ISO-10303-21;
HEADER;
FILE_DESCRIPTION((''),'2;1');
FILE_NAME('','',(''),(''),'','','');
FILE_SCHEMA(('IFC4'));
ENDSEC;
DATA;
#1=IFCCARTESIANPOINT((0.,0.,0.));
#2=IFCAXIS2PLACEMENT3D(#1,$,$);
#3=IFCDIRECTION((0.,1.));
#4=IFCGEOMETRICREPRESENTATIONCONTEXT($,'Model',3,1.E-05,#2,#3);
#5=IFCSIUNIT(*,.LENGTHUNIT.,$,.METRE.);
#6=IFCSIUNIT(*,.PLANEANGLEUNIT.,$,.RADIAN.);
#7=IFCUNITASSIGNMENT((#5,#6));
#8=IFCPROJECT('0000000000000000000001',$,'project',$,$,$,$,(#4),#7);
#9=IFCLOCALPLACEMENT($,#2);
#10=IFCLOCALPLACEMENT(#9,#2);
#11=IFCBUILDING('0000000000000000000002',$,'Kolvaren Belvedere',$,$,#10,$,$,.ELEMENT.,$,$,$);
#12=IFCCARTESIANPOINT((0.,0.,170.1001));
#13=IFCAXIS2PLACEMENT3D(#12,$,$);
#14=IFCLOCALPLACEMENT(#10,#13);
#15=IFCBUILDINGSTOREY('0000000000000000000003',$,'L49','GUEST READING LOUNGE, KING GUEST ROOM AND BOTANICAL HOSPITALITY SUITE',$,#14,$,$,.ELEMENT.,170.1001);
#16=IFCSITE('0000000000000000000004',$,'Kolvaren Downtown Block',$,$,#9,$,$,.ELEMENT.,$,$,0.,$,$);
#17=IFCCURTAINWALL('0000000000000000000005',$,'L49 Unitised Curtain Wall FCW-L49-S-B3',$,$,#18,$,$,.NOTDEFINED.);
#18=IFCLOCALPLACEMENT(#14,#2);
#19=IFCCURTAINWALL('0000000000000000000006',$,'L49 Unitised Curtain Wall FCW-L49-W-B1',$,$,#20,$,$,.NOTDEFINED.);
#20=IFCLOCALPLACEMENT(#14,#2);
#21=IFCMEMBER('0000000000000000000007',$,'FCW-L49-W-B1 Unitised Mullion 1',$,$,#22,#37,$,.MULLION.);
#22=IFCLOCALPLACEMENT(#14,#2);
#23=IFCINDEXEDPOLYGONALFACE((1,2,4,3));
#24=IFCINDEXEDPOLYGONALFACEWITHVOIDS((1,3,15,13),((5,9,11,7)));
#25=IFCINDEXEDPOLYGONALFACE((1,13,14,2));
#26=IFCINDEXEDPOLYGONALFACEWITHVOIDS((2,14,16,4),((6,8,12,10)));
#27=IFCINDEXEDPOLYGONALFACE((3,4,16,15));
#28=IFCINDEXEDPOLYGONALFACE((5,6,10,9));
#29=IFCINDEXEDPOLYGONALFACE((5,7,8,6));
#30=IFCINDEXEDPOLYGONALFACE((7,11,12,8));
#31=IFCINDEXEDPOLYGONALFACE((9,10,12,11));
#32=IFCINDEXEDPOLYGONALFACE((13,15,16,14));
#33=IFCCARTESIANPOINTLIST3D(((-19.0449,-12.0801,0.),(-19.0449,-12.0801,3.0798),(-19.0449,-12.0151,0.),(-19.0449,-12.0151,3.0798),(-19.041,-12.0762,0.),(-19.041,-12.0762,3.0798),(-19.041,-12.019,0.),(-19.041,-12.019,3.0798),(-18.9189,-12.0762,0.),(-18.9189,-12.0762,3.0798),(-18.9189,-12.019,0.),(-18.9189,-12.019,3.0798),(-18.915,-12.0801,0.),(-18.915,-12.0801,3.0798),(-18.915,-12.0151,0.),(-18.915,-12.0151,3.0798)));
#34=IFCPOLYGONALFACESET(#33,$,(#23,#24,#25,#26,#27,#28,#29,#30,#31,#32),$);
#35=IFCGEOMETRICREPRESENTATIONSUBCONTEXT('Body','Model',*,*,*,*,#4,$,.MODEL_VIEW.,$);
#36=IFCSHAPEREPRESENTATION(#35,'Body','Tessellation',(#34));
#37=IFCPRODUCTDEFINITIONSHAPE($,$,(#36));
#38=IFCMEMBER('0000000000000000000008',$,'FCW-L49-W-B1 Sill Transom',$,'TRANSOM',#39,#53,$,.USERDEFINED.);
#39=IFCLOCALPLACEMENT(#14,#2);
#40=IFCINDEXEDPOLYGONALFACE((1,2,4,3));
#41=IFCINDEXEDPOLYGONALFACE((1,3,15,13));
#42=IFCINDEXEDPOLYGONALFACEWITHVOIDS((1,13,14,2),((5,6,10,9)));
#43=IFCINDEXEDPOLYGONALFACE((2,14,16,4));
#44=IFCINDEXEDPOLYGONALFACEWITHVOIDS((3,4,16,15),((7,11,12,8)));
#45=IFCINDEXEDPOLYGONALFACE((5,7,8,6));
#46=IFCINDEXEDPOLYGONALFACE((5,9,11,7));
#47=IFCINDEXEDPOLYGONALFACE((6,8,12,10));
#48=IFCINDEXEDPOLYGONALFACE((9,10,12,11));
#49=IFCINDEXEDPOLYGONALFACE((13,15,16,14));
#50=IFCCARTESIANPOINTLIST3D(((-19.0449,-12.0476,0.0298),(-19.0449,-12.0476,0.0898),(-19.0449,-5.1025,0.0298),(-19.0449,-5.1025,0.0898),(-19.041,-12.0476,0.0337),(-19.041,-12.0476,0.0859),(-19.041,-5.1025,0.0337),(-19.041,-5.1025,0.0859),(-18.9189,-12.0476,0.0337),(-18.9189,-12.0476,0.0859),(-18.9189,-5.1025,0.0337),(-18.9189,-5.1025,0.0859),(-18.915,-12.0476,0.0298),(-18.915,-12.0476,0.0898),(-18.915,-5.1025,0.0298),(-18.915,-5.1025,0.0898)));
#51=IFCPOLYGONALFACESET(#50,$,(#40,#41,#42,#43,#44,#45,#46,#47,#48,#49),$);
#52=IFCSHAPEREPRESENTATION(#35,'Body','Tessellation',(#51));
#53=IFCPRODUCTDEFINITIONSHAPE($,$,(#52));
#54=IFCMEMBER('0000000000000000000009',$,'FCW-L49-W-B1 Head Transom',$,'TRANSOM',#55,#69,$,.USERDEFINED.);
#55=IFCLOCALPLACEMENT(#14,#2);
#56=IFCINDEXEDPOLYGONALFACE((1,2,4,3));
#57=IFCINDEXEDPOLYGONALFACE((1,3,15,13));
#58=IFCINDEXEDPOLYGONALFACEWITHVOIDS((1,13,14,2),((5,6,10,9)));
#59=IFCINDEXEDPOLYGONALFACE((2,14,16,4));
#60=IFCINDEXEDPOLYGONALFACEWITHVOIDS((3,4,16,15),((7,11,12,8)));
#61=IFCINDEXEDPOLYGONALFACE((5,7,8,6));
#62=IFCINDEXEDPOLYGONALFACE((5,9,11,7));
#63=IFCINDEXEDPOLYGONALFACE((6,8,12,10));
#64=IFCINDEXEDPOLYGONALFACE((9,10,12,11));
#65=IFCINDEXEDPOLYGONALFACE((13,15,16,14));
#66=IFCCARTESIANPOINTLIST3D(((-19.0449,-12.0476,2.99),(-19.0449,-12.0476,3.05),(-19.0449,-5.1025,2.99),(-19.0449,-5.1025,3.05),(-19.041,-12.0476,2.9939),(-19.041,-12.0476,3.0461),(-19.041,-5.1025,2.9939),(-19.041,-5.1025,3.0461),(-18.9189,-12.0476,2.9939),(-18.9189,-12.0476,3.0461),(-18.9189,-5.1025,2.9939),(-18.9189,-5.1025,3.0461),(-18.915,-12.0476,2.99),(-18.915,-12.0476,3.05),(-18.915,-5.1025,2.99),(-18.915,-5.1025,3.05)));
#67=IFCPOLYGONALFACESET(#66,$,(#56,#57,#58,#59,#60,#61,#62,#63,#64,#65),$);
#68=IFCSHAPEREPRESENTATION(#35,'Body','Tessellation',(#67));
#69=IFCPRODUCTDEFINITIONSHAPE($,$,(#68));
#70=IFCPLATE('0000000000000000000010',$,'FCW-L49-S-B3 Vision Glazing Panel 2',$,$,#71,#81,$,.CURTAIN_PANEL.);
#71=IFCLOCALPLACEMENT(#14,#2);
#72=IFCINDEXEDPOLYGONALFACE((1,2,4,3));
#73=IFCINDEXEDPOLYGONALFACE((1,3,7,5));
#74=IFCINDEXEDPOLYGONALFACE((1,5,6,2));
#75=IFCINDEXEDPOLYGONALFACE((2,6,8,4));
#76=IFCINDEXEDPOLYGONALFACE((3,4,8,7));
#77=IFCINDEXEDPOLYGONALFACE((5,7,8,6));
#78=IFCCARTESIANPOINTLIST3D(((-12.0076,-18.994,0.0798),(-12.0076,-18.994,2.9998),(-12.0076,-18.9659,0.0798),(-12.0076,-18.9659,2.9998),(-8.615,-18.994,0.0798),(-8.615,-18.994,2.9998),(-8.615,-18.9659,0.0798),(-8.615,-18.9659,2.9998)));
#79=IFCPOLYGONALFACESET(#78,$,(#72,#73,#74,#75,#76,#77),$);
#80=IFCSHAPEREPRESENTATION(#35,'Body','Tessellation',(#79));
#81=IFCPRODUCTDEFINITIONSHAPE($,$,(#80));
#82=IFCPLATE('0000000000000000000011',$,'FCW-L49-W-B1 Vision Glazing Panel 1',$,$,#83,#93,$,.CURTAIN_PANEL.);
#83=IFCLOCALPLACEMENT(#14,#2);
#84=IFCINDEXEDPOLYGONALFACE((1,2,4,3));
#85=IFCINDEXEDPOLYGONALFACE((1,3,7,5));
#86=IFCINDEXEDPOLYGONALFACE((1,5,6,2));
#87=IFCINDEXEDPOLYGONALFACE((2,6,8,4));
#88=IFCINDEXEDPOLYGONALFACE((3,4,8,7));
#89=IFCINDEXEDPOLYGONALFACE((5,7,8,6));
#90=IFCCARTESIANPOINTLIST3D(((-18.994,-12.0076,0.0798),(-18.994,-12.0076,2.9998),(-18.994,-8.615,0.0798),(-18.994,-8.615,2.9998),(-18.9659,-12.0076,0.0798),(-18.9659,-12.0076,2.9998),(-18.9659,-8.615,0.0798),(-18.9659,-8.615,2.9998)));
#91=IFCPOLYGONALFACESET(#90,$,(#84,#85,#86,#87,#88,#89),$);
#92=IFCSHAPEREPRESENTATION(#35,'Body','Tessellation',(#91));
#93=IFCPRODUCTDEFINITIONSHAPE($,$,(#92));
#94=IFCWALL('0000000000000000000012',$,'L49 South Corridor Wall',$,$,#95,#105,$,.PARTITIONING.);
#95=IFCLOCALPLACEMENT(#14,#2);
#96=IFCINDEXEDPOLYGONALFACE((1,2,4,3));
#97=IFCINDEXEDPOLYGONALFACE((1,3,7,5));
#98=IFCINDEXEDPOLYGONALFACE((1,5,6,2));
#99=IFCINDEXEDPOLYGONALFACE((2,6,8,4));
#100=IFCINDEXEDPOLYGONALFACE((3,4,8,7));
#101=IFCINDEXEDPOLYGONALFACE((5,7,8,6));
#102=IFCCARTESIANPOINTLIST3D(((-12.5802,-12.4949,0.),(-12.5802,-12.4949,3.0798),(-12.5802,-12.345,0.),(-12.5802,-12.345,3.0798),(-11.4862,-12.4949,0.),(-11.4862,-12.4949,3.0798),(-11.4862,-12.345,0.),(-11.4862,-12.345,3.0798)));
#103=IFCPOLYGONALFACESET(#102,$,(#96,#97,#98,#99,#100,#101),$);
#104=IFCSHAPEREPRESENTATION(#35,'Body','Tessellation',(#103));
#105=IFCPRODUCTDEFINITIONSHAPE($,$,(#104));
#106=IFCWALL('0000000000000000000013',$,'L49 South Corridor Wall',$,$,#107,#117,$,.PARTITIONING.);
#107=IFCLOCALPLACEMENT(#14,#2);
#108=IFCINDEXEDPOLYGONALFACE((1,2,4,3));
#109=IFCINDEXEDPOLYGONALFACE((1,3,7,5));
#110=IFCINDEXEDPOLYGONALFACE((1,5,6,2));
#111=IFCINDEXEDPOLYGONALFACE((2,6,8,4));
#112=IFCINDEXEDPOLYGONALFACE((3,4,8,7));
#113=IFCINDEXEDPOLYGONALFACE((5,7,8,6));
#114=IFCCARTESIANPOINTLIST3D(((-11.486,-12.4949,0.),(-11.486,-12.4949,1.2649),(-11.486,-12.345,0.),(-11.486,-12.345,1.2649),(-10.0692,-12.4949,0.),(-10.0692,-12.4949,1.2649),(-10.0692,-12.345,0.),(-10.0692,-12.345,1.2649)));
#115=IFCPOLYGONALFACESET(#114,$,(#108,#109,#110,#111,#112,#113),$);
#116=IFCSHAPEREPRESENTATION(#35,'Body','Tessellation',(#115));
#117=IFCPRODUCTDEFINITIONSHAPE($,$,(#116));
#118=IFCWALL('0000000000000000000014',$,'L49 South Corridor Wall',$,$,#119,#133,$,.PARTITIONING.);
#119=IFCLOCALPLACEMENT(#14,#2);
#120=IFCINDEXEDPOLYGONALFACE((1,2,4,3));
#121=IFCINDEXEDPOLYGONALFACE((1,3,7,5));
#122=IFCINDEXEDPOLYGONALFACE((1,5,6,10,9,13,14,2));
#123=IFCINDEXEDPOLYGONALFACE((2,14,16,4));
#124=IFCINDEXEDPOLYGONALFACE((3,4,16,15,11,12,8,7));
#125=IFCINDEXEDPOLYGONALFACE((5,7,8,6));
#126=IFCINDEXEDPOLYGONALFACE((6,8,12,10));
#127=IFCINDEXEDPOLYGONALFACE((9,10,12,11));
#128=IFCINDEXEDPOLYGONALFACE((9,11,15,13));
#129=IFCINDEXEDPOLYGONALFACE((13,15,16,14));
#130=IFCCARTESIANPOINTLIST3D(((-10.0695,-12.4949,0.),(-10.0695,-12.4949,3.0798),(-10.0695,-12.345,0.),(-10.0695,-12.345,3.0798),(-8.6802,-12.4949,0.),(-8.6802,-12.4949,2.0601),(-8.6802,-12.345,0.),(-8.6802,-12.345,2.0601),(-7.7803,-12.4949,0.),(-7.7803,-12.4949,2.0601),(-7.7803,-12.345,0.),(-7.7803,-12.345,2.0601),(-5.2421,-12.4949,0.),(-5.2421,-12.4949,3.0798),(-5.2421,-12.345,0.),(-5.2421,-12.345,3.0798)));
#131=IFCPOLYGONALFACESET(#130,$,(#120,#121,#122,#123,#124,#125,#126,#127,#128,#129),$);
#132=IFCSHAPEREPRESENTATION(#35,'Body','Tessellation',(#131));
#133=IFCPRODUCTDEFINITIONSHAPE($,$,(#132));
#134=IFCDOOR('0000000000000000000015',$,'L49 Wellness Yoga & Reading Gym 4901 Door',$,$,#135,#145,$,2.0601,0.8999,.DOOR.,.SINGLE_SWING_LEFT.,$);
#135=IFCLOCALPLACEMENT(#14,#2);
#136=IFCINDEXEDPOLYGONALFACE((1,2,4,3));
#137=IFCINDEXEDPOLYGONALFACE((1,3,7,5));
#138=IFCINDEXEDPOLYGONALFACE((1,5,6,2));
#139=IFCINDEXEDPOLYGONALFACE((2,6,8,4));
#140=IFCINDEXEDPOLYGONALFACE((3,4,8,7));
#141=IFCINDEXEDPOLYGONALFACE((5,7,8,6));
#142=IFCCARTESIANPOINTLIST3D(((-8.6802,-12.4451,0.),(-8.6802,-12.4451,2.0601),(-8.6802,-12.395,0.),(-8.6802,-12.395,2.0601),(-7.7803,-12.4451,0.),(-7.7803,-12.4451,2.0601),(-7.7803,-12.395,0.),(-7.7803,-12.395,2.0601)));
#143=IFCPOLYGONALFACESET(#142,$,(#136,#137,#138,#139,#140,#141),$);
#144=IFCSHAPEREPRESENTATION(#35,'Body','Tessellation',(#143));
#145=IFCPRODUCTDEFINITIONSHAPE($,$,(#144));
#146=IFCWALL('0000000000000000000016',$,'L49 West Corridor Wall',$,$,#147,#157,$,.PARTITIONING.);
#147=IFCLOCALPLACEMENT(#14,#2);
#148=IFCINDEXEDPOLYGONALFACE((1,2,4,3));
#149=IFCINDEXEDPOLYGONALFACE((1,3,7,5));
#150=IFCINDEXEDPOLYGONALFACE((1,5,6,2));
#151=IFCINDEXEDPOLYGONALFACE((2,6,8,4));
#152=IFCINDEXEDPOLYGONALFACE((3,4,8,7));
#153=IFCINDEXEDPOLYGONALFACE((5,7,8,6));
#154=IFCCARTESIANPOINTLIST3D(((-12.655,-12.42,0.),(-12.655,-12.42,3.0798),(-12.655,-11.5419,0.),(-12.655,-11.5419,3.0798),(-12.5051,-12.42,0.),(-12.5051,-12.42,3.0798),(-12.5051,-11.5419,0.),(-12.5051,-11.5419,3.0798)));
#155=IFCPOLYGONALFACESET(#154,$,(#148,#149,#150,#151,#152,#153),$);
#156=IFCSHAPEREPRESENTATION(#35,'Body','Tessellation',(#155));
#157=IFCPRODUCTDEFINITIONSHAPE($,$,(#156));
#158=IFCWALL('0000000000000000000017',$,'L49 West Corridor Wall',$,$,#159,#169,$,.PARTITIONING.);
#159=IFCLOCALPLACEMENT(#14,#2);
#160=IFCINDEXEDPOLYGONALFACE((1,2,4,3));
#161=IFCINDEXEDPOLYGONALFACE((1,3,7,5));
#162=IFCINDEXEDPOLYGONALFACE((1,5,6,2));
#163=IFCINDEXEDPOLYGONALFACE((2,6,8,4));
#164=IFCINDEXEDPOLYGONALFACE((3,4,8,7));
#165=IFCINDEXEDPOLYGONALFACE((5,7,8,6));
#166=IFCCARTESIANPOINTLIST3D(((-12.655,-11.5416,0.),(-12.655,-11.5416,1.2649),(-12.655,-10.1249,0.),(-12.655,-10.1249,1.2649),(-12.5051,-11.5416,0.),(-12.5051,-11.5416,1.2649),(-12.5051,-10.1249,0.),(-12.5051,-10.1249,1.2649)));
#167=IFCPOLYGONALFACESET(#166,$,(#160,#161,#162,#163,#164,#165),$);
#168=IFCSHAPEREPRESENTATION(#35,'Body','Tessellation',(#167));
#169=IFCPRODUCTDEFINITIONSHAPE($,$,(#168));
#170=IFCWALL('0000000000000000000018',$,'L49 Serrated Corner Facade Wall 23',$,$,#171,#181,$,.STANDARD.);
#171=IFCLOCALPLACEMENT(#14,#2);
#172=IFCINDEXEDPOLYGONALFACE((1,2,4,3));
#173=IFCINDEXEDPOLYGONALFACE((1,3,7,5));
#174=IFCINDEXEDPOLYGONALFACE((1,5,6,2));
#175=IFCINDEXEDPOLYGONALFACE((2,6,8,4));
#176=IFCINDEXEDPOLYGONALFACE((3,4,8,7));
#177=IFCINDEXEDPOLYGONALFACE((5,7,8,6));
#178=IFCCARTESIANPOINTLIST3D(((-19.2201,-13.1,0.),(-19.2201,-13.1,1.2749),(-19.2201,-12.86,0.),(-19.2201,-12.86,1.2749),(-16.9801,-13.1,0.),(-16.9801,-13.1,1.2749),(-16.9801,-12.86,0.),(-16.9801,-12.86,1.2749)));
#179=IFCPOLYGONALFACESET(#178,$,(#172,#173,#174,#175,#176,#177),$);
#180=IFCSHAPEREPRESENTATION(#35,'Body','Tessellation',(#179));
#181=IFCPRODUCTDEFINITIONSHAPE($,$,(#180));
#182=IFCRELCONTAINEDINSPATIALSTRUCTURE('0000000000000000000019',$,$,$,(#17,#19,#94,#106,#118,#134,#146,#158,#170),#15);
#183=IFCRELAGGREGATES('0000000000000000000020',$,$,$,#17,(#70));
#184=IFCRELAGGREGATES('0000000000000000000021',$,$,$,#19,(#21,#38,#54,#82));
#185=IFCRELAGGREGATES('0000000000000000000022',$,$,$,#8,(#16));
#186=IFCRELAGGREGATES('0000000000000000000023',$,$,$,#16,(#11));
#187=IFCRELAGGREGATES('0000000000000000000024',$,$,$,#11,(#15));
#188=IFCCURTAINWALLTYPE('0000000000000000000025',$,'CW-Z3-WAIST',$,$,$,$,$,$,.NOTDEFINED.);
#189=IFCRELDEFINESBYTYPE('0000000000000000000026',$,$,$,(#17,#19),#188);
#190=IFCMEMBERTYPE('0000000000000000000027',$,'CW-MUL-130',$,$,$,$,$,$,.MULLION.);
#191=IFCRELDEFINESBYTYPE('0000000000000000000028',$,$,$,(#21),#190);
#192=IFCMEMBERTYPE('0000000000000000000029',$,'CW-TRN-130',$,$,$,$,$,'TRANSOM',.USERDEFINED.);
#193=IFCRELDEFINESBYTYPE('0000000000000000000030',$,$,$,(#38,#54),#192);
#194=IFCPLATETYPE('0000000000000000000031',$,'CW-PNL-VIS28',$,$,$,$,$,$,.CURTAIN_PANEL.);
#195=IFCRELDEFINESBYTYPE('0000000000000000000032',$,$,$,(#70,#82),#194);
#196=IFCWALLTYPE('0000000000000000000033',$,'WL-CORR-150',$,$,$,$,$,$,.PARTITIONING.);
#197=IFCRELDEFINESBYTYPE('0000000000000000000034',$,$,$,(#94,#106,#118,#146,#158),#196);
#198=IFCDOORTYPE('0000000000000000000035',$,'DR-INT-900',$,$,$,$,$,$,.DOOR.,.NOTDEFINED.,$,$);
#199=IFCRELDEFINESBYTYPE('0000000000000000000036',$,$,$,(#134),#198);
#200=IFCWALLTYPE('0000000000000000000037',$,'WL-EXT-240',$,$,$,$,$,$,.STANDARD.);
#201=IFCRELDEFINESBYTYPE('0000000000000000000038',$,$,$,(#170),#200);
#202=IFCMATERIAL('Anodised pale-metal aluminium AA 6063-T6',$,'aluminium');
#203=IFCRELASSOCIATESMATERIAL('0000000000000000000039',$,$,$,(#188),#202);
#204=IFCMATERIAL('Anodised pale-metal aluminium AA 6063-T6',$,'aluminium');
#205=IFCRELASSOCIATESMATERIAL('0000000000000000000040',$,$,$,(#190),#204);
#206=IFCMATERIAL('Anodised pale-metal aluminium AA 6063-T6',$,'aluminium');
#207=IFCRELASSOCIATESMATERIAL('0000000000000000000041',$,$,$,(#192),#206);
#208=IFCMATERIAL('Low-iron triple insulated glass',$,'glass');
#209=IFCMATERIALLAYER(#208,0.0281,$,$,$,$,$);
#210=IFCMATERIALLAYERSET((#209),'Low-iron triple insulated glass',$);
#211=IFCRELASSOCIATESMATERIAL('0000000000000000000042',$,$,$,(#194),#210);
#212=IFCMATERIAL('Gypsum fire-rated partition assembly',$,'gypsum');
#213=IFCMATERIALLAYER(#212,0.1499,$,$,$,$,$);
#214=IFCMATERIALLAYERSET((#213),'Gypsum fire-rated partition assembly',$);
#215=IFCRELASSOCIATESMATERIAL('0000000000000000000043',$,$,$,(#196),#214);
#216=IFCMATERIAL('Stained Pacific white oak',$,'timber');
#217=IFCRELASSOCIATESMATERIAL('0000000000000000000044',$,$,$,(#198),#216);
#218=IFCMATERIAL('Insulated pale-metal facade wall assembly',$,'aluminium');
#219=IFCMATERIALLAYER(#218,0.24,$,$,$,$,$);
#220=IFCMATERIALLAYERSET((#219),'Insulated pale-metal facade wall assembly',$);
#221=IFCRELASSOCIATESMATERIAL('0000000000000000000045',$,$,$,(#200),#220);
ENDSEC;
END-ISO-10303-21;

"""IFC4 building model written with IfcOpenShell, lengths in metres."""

from ifc_helpers import new_model, si_unit, direction, frame, frame_2d, origin, origin_2d, place, context, subcontext, project, spatial, rectangle, hollow_rectangle, extrude, material, layer, layer_set, material_profile, profile_set, type_object, element, fill, aggregate, save


model = new_model("IFC4")

# Units and contexts
model_context = context("Model", 3, precision=1e-05, world=origin(), true_north=direction((0.0, 1.0)))
body_context = subcontext(model_context, "Body", "Model", "MODEL_VIEW")
ifc_project = project(units=[si_unit("LENGTHUNIT", "METRE"), si_unit("PLANEANGLEUNIT", "RADIAN")], contexts=[model_context])

# Site, building, storey
site_placement = place(None, origin())
site = spatial("IfcSite", under=ifc_project, at=site_placement, Name="Kolvaren Downtown Block", CompositionType="ELEMENT", RefElevation=0.0)
building_placement = place(site_placement, origin())
building = spatial("IfcBuilding", under=site, at=building_placement, Name="Kolvaren Belvedere", CompositionType="ELEMENT")
storey_placement = place(building_placement, frame((0.0, 0.0, 170.1001)))
storey = spatial("IfcBuildingStorey", under=building, at=storey_placement, Name="L49", Description="GUEST READING LOUNGE, KING GUEST ROOM AND BOTANICAL HOSPITALITY SUITE", CompositionType="ELEMENT", Elevation=170.1001)

# Curtain wall
ifc_material_1 = material(Name="Anodised pale-metal aluminium AA 6063-T6", Category="aluminium")
curtain_wall_type = type_object("IfcCurtainWallType", Name="CW-Z3-WAIST", PredefinedType="NOTDEFINED", material=ifc_material_1)
curtain_wall_1_placement = place(storey_placement, origin())
curtain_wall_1 = element("IfcCurtainWall", 1, at=curtain_wall_1_placement, inside=storey, type_object=curtain_wall_type, Name="L49 Unitised Curtain Wall FCW-L49-S-B3", PredefinedType="NOTDEFINED")
ifc_material_2 = material(Name="Anodised pale-metal aluminium AA 6063-T6", Category="aluminium")
ifc_material_profile_1 = material_profile(ifc_material_2, hollow_rectangle(XDim=0.0649, YDim=0.1299, WallThickness=0.0039, at=origin_2d()), Name="ALU-MUL-130X65")
ifc_profile_set_1 = profile_set([ifc_material_profile_1], Name="Anodised pale-metal aluminium AA 6063-T6")
member_type_1 = type_object("IfcMemberType", Name="CW-MUL-130", PredefinedType="MULLION", material=ifc_profile_set_1)

# Curtain wall, members
curtain_wall_2_placement = place(storey_placement, origin())
curtain_wall_2 = element("IfcCurtainWall", 2, at=curtain_wall_2_placement, inside=storey, type_object=curtain_wall_type, Name="L49 Unitised Curtain Wall FCW-L49-W-B1", PredefinedType="NOTDEFINED")
member_1_placement = place(storey_placement, frame((-18.98, -12.0476, 0.0), z_axis=(0.0, 0.0, 1.0), x_axis=(0.0, 1.0, 0.0)))
member_1 = element("IfcMember", 3, at=member_1_placement, type_object=member_type_1, Name="FCW-L49-W-B1 Unitised Mullion 1", PredefinedType="MULLION", context=body_context, shape_type="SweptSolid", body=[
    extrude(hollow_rectangle(XDim=0.0649, YDim=0.1299, WallThickness=0.0039, at=origin_2d()), origin(), (0.0, 0.0, 1.0), 3.0798),
])
ifc_material_3 = material(Name="Anodised pale-metal aluminium AA 6063-T6", Category="aluminium")
ifc_material_profile_2 = material_profile(ifc_material_3, hollow_rectangle(XDim=0.0601, YDim=0.1299, WallThickness=0.0039, at=origin_2d()), Name="ALU-TRN-130X60")
ifc_profile_set_2 = profile_set([ifc_material_profile_2], Name="Anodised pale-metal aluminium AA 6063-T6")
member_type_2 = type_object("IfcMemberType", Name="CW-TRN-130", ElementType="TRANSOM", PredefinedType="USERDEFINED", material=ifc_profile_set_2)
member_2_placement = place(storey_placement, frame((-18.98, -12.0476, 0.0598), z_axis=(0.0, 1.0, 0.0), x_axis=(0.0, 0.0, 1.0)))
member_2 = element("IfcMember", 4, at=member_2_placement, type_object=member_type_2, Name="FCW-L49-W-B1 Sill Transom", ObjectType="TRANSOM", PredefinedType="USERDEFINED", context=body_context, shape_type="SweptSolid", body=[
    extrude(hollow_rectangle(XDim=0.0601, YDim=0.1299, WallThickness=0.0039, at=origin_2d()), origin(), (0.0, 0.0, 1.0), 6.9451),
])
member_3_placement = place(storey_placement, frame((-18.98, -12.0476, 3.02), z_axis=(0.0, 1.0, 0.0), x_axis=(0.0, 0.0, 1.0)))
member_3 = element("IfcMember", 5, at=member_3_placement, type_object=member_type_2, Name="FCW-L49-W-B1 Head Transom", ObjectType="TRANSOM", PredefinedType="USERDEFINED", context=body_context, shape_type="SweptSolid", body=[
    extrude(hollow_rectangle(XDim=0.0601, YDim=0.1299, WallThickness=0.0039, at=origin_2d()), origin(), (0.0, 0.0, 1.0), 6.9451),
])

# Plates
ifc_material_4 = material(Name="Low-iron triple insulated glass", Category="glass")
ifc_layer_1 = layer(ifc_material_4, 0.0281)
ifc_layer_set_1 = layer_set([ifc_layer_1], Name="Low-iron triple insulated glass")
plate_type = type_object("IfcPlateType", Name="CW-PNL-VIS28", PredefinedType="CURTAIN_PANEL", material=ifc_layer_set_1)
plate_1_placement = place(storey_placement, frame((-10.3113, -18.98, 0.0798), z_axis=(0.0, 0.0, 1.0), x_axis=(-1.0, 0.0, 0.0)))
plate_1 = element("IfcPlate", 6, at=plate_1_placement, type_object=plate_type, Name="FCW-L49-S-B3 Vision Glazing Panel 2", PredefinedType="CURTAIN_PANEL", context=body_context, shape_type="SweptSolid", body=[
    extrude(rectangle(XDim=3.3926, YDim=0.0281, at=origin_2d()), origin(), (0.0, 0.0, 1.0), 2.9199),
])
aggregate(curtain_wall_1, [plate_1])
plate_2_placement = place(storey_placement, frame((-18.98, -10.3113, 0.0798), z_axis=(0.0, 0.0, 1.0), x_axis=(0.0, 1.0, 0.0)))
plate_2 = element("IfcPlate", 7, at=plate_2_placement, type_object=plate_type, Name="FCW-L49-W-B1 Vision Glazing Panel 1", PredefinedType="CURTAIN_PANEL", context=body_context, shape_type="SweptSolid", body=[
    extrude(rectangle(XDim=3.3926, YDim=0.0281, at=origin_2d()), origin(), (0.0, 0.0, 1.0), 2.9199),
])
aggregate(curtain_wall_2, [member_1, member_2, member_3, plate_2])

# Walls
ifc_material_5 = material(Name="Gypsum fire-rated partition assembly", Category="gypsum")
ifc_layer_2 = layer(ifc_material_5, 0.1499)
ifc_layer_set_2 = layer_set([ifc_layer_2], Name="Gypsum fire-rated partition assembly")
wall_type_1 = type_object("IfcWallType", Name="WL-CORR-150", PredefinedType="PARTITIONING", material=ifc_layer_set_2)
wall_1_placement = place(storey_placement, frame((-12.5801, -12.4199, 0.0), z_axis=(0.0, 0.0, 1.0), x_axis=(1.0, 0.0, 0.0)))
element("IfcWall", 8, at=wall_1_placement, inside=storey, type_object=wall_type_1, Name="L49 South Corridor Wall", PredefinedType="PARTITIONING", context=body_context, shape_type="SweptSolid", body=[
    extrude(rectangle(XDim=1.094, YDim=0.1499, at=frame_2d((0.5469, 0.0))), origin(), (0.0, 0.0, 1.0), 3.0798),
])
wall_2_placement = place(storey_placement, frame((-11.4861, -12.4199, 0.0), z_axis=(0.0, 0.0, 1.0), x_axis=(1.0, 0.0, 0.0)))
element("IfcWall", 9, at=wall_2_placement, inside=storey, type_object=wall_type_1, Name="L49 South Corridor Wall", PredefinedType="PARTITIONING", context=body_context, shape_type="SweptSolid", body=[
    extrude(rectangle(XDim=1.4167, YDim=0.1499, at=frame_2d((0.7085, 0.0))), origin(), (0.0, 0.0, 1.0), 1.2649),
])

# Wall, opening, door
wall_3_placement = place(storey_placement, frame((-10.0693, -12.4199, 0.0), z_axis=(0.0, 0.0, 1.0), x_axis=(1.0, 0.0, 0.0)))
wall_3 = element("IfcWall", 10, at=wall_3_placement, inside=storey, type_object=wall_type_1, Name="L49 South Corridor Wall", PredefinedType="PARTITIONING", context=body_context, shape_type="SweptSolid", body=[
    extrude(rectangle(XDim=4.8274, YDim=0.1499, at=frame_2d((2.4136, 0.0))), origin(), (0.0, 0.0, 1.0), 3.0798),
])
opening_1_placement = place(wall_3_placement, frame((1.3892, 0.0, 0.0)))
opening_1 = element("IfcOpeningElement", 11, at=opening_1_placement, cuts=wall_3, PredefinedType="OPENING", context=body_context, shape_type="SweptSolid", body=[
    extrude(rectangle(XDim=0.8999, YDim=2.0601, at=frame_2d((0.45, 1.03))), frame((0.0, 0.085, 0.0), z_axis=(0.0, -1.0, 0.0), x_axis=(1.0, 0.0, 0.0)), (0.0, 0.0, 1.0), 0.1699),
])
ifc_material_6 = material(Name="Stained Pacific white oak", Category="timber")
door_type = type_object("IfcDoorType", Name="DR-INT-900", OperationType="NOTDEFINED", PredefinedType="DOOR", material=ifc_material_6)
door_placement = place(opening_1_placement, origin())
door = element("IfcDoor", 12, at=door_placement, inside=storey, type_object=door_type, Name="L49 Wellness Yoga & Reading Gym 4901 Door", OperationType="SINGLE_SWING_LEFT", OverallHeight=2.0601, OverallWidth=0.8999, PredefinedType="DOOR", context=body_context, shape_type="SweptSolid", body=[
    extrude(rectangle(XDim=0.8999, YDim=2.0601, at=frame_2d((0.45, 1.03))), frame((0.0, 0.0249, 0.0), z_axis=(0.0, -1.0, 0.0), x_axis=(1.0, 0.0, 0.0)), (0.0, 0.0, 1.0), 0.05),
])
fill(opening_1, door)

# Walls
wall_4_placement = place(storey_placement, frame((-12.5801, -12.4199, 0.0), z_axis=(0.0, 0.0, 1.0), x_axis=(0.0, 1.0, 0.0)))
element("IfcWall", 13, at=wall_4_placement, inside=storey, type_object=wall_type_1, Name="L49 West Corridor Wall", PredefinedType="PARTITIONING", context=body_context, shape_type="SweptSolid", body=[
    extrude(rectangle(XDim=0.8782, YDim=0.1499, at=frame_2d((0.439, 0.0))), origin(), (0.0, 0.0, 1.0), 3.0798),
])
wall_5_placement = place(storey_placement, frame((-12.5801, -11.5417, 0.0), z_axis=(0.0, 0.0, 1.0), x_axis=(0.0, 1.0, 0.0)))
element("IfcWall", 14, at=wall_5_placement, inside=storey, type_object=wall_type_1, Name="L49 West Corridor Wall", PredefinedType="PARTITIONING", context=body_context, shape_type="SweptSolid", body=[
    extrude(rectangle(XDim=1.4167, YDim=0.1499, at=frame_2d((0.7085, 0.0))), origin(), (0.0, 0.0, 1.0), 1.2649),
])
ifc_material_7 = material(Name="Insulated pale-metal facade wall assembly", Category="aluminium")
ifc_layer_3 = layer(ifc_material_7, 0.24)
ifc_layer_set_3 = layer_set([ifc_layer_3], Name="Insulated pale-metal facade wall assembly")
wall_type_2 = type_object("IfcWallType", Name="WL-EXT-240", PredefinedType="STANDARD", material=ifc_layer_set_3)
for number, where, z_axis, x_axis, name in (
    (15, (-16.98, -12.98, 0.0), (0.0, 0.0, 1.0), (-1.0, 0.0, 0.0), "L49 Serrated Corner Facade Wall 23"),
):
    element("IfcWall", number, at=place(storey_placement, frame(where, z_axis=z_axis, x_axis=x_axis)), inside=storey, type_object=wall_type_2, Name=name, PredefinedType="STANDARD", context=body_context, shape_type="SweptSolid", body=[
        extrude(rectangle(XDim=2.24, YDim=0.24, at=frame_2d((1.1201, 0.0))), origin(), (0.0, 0.0, 1.0), 1.2749),
    ])

save(model, "model.ifc")
